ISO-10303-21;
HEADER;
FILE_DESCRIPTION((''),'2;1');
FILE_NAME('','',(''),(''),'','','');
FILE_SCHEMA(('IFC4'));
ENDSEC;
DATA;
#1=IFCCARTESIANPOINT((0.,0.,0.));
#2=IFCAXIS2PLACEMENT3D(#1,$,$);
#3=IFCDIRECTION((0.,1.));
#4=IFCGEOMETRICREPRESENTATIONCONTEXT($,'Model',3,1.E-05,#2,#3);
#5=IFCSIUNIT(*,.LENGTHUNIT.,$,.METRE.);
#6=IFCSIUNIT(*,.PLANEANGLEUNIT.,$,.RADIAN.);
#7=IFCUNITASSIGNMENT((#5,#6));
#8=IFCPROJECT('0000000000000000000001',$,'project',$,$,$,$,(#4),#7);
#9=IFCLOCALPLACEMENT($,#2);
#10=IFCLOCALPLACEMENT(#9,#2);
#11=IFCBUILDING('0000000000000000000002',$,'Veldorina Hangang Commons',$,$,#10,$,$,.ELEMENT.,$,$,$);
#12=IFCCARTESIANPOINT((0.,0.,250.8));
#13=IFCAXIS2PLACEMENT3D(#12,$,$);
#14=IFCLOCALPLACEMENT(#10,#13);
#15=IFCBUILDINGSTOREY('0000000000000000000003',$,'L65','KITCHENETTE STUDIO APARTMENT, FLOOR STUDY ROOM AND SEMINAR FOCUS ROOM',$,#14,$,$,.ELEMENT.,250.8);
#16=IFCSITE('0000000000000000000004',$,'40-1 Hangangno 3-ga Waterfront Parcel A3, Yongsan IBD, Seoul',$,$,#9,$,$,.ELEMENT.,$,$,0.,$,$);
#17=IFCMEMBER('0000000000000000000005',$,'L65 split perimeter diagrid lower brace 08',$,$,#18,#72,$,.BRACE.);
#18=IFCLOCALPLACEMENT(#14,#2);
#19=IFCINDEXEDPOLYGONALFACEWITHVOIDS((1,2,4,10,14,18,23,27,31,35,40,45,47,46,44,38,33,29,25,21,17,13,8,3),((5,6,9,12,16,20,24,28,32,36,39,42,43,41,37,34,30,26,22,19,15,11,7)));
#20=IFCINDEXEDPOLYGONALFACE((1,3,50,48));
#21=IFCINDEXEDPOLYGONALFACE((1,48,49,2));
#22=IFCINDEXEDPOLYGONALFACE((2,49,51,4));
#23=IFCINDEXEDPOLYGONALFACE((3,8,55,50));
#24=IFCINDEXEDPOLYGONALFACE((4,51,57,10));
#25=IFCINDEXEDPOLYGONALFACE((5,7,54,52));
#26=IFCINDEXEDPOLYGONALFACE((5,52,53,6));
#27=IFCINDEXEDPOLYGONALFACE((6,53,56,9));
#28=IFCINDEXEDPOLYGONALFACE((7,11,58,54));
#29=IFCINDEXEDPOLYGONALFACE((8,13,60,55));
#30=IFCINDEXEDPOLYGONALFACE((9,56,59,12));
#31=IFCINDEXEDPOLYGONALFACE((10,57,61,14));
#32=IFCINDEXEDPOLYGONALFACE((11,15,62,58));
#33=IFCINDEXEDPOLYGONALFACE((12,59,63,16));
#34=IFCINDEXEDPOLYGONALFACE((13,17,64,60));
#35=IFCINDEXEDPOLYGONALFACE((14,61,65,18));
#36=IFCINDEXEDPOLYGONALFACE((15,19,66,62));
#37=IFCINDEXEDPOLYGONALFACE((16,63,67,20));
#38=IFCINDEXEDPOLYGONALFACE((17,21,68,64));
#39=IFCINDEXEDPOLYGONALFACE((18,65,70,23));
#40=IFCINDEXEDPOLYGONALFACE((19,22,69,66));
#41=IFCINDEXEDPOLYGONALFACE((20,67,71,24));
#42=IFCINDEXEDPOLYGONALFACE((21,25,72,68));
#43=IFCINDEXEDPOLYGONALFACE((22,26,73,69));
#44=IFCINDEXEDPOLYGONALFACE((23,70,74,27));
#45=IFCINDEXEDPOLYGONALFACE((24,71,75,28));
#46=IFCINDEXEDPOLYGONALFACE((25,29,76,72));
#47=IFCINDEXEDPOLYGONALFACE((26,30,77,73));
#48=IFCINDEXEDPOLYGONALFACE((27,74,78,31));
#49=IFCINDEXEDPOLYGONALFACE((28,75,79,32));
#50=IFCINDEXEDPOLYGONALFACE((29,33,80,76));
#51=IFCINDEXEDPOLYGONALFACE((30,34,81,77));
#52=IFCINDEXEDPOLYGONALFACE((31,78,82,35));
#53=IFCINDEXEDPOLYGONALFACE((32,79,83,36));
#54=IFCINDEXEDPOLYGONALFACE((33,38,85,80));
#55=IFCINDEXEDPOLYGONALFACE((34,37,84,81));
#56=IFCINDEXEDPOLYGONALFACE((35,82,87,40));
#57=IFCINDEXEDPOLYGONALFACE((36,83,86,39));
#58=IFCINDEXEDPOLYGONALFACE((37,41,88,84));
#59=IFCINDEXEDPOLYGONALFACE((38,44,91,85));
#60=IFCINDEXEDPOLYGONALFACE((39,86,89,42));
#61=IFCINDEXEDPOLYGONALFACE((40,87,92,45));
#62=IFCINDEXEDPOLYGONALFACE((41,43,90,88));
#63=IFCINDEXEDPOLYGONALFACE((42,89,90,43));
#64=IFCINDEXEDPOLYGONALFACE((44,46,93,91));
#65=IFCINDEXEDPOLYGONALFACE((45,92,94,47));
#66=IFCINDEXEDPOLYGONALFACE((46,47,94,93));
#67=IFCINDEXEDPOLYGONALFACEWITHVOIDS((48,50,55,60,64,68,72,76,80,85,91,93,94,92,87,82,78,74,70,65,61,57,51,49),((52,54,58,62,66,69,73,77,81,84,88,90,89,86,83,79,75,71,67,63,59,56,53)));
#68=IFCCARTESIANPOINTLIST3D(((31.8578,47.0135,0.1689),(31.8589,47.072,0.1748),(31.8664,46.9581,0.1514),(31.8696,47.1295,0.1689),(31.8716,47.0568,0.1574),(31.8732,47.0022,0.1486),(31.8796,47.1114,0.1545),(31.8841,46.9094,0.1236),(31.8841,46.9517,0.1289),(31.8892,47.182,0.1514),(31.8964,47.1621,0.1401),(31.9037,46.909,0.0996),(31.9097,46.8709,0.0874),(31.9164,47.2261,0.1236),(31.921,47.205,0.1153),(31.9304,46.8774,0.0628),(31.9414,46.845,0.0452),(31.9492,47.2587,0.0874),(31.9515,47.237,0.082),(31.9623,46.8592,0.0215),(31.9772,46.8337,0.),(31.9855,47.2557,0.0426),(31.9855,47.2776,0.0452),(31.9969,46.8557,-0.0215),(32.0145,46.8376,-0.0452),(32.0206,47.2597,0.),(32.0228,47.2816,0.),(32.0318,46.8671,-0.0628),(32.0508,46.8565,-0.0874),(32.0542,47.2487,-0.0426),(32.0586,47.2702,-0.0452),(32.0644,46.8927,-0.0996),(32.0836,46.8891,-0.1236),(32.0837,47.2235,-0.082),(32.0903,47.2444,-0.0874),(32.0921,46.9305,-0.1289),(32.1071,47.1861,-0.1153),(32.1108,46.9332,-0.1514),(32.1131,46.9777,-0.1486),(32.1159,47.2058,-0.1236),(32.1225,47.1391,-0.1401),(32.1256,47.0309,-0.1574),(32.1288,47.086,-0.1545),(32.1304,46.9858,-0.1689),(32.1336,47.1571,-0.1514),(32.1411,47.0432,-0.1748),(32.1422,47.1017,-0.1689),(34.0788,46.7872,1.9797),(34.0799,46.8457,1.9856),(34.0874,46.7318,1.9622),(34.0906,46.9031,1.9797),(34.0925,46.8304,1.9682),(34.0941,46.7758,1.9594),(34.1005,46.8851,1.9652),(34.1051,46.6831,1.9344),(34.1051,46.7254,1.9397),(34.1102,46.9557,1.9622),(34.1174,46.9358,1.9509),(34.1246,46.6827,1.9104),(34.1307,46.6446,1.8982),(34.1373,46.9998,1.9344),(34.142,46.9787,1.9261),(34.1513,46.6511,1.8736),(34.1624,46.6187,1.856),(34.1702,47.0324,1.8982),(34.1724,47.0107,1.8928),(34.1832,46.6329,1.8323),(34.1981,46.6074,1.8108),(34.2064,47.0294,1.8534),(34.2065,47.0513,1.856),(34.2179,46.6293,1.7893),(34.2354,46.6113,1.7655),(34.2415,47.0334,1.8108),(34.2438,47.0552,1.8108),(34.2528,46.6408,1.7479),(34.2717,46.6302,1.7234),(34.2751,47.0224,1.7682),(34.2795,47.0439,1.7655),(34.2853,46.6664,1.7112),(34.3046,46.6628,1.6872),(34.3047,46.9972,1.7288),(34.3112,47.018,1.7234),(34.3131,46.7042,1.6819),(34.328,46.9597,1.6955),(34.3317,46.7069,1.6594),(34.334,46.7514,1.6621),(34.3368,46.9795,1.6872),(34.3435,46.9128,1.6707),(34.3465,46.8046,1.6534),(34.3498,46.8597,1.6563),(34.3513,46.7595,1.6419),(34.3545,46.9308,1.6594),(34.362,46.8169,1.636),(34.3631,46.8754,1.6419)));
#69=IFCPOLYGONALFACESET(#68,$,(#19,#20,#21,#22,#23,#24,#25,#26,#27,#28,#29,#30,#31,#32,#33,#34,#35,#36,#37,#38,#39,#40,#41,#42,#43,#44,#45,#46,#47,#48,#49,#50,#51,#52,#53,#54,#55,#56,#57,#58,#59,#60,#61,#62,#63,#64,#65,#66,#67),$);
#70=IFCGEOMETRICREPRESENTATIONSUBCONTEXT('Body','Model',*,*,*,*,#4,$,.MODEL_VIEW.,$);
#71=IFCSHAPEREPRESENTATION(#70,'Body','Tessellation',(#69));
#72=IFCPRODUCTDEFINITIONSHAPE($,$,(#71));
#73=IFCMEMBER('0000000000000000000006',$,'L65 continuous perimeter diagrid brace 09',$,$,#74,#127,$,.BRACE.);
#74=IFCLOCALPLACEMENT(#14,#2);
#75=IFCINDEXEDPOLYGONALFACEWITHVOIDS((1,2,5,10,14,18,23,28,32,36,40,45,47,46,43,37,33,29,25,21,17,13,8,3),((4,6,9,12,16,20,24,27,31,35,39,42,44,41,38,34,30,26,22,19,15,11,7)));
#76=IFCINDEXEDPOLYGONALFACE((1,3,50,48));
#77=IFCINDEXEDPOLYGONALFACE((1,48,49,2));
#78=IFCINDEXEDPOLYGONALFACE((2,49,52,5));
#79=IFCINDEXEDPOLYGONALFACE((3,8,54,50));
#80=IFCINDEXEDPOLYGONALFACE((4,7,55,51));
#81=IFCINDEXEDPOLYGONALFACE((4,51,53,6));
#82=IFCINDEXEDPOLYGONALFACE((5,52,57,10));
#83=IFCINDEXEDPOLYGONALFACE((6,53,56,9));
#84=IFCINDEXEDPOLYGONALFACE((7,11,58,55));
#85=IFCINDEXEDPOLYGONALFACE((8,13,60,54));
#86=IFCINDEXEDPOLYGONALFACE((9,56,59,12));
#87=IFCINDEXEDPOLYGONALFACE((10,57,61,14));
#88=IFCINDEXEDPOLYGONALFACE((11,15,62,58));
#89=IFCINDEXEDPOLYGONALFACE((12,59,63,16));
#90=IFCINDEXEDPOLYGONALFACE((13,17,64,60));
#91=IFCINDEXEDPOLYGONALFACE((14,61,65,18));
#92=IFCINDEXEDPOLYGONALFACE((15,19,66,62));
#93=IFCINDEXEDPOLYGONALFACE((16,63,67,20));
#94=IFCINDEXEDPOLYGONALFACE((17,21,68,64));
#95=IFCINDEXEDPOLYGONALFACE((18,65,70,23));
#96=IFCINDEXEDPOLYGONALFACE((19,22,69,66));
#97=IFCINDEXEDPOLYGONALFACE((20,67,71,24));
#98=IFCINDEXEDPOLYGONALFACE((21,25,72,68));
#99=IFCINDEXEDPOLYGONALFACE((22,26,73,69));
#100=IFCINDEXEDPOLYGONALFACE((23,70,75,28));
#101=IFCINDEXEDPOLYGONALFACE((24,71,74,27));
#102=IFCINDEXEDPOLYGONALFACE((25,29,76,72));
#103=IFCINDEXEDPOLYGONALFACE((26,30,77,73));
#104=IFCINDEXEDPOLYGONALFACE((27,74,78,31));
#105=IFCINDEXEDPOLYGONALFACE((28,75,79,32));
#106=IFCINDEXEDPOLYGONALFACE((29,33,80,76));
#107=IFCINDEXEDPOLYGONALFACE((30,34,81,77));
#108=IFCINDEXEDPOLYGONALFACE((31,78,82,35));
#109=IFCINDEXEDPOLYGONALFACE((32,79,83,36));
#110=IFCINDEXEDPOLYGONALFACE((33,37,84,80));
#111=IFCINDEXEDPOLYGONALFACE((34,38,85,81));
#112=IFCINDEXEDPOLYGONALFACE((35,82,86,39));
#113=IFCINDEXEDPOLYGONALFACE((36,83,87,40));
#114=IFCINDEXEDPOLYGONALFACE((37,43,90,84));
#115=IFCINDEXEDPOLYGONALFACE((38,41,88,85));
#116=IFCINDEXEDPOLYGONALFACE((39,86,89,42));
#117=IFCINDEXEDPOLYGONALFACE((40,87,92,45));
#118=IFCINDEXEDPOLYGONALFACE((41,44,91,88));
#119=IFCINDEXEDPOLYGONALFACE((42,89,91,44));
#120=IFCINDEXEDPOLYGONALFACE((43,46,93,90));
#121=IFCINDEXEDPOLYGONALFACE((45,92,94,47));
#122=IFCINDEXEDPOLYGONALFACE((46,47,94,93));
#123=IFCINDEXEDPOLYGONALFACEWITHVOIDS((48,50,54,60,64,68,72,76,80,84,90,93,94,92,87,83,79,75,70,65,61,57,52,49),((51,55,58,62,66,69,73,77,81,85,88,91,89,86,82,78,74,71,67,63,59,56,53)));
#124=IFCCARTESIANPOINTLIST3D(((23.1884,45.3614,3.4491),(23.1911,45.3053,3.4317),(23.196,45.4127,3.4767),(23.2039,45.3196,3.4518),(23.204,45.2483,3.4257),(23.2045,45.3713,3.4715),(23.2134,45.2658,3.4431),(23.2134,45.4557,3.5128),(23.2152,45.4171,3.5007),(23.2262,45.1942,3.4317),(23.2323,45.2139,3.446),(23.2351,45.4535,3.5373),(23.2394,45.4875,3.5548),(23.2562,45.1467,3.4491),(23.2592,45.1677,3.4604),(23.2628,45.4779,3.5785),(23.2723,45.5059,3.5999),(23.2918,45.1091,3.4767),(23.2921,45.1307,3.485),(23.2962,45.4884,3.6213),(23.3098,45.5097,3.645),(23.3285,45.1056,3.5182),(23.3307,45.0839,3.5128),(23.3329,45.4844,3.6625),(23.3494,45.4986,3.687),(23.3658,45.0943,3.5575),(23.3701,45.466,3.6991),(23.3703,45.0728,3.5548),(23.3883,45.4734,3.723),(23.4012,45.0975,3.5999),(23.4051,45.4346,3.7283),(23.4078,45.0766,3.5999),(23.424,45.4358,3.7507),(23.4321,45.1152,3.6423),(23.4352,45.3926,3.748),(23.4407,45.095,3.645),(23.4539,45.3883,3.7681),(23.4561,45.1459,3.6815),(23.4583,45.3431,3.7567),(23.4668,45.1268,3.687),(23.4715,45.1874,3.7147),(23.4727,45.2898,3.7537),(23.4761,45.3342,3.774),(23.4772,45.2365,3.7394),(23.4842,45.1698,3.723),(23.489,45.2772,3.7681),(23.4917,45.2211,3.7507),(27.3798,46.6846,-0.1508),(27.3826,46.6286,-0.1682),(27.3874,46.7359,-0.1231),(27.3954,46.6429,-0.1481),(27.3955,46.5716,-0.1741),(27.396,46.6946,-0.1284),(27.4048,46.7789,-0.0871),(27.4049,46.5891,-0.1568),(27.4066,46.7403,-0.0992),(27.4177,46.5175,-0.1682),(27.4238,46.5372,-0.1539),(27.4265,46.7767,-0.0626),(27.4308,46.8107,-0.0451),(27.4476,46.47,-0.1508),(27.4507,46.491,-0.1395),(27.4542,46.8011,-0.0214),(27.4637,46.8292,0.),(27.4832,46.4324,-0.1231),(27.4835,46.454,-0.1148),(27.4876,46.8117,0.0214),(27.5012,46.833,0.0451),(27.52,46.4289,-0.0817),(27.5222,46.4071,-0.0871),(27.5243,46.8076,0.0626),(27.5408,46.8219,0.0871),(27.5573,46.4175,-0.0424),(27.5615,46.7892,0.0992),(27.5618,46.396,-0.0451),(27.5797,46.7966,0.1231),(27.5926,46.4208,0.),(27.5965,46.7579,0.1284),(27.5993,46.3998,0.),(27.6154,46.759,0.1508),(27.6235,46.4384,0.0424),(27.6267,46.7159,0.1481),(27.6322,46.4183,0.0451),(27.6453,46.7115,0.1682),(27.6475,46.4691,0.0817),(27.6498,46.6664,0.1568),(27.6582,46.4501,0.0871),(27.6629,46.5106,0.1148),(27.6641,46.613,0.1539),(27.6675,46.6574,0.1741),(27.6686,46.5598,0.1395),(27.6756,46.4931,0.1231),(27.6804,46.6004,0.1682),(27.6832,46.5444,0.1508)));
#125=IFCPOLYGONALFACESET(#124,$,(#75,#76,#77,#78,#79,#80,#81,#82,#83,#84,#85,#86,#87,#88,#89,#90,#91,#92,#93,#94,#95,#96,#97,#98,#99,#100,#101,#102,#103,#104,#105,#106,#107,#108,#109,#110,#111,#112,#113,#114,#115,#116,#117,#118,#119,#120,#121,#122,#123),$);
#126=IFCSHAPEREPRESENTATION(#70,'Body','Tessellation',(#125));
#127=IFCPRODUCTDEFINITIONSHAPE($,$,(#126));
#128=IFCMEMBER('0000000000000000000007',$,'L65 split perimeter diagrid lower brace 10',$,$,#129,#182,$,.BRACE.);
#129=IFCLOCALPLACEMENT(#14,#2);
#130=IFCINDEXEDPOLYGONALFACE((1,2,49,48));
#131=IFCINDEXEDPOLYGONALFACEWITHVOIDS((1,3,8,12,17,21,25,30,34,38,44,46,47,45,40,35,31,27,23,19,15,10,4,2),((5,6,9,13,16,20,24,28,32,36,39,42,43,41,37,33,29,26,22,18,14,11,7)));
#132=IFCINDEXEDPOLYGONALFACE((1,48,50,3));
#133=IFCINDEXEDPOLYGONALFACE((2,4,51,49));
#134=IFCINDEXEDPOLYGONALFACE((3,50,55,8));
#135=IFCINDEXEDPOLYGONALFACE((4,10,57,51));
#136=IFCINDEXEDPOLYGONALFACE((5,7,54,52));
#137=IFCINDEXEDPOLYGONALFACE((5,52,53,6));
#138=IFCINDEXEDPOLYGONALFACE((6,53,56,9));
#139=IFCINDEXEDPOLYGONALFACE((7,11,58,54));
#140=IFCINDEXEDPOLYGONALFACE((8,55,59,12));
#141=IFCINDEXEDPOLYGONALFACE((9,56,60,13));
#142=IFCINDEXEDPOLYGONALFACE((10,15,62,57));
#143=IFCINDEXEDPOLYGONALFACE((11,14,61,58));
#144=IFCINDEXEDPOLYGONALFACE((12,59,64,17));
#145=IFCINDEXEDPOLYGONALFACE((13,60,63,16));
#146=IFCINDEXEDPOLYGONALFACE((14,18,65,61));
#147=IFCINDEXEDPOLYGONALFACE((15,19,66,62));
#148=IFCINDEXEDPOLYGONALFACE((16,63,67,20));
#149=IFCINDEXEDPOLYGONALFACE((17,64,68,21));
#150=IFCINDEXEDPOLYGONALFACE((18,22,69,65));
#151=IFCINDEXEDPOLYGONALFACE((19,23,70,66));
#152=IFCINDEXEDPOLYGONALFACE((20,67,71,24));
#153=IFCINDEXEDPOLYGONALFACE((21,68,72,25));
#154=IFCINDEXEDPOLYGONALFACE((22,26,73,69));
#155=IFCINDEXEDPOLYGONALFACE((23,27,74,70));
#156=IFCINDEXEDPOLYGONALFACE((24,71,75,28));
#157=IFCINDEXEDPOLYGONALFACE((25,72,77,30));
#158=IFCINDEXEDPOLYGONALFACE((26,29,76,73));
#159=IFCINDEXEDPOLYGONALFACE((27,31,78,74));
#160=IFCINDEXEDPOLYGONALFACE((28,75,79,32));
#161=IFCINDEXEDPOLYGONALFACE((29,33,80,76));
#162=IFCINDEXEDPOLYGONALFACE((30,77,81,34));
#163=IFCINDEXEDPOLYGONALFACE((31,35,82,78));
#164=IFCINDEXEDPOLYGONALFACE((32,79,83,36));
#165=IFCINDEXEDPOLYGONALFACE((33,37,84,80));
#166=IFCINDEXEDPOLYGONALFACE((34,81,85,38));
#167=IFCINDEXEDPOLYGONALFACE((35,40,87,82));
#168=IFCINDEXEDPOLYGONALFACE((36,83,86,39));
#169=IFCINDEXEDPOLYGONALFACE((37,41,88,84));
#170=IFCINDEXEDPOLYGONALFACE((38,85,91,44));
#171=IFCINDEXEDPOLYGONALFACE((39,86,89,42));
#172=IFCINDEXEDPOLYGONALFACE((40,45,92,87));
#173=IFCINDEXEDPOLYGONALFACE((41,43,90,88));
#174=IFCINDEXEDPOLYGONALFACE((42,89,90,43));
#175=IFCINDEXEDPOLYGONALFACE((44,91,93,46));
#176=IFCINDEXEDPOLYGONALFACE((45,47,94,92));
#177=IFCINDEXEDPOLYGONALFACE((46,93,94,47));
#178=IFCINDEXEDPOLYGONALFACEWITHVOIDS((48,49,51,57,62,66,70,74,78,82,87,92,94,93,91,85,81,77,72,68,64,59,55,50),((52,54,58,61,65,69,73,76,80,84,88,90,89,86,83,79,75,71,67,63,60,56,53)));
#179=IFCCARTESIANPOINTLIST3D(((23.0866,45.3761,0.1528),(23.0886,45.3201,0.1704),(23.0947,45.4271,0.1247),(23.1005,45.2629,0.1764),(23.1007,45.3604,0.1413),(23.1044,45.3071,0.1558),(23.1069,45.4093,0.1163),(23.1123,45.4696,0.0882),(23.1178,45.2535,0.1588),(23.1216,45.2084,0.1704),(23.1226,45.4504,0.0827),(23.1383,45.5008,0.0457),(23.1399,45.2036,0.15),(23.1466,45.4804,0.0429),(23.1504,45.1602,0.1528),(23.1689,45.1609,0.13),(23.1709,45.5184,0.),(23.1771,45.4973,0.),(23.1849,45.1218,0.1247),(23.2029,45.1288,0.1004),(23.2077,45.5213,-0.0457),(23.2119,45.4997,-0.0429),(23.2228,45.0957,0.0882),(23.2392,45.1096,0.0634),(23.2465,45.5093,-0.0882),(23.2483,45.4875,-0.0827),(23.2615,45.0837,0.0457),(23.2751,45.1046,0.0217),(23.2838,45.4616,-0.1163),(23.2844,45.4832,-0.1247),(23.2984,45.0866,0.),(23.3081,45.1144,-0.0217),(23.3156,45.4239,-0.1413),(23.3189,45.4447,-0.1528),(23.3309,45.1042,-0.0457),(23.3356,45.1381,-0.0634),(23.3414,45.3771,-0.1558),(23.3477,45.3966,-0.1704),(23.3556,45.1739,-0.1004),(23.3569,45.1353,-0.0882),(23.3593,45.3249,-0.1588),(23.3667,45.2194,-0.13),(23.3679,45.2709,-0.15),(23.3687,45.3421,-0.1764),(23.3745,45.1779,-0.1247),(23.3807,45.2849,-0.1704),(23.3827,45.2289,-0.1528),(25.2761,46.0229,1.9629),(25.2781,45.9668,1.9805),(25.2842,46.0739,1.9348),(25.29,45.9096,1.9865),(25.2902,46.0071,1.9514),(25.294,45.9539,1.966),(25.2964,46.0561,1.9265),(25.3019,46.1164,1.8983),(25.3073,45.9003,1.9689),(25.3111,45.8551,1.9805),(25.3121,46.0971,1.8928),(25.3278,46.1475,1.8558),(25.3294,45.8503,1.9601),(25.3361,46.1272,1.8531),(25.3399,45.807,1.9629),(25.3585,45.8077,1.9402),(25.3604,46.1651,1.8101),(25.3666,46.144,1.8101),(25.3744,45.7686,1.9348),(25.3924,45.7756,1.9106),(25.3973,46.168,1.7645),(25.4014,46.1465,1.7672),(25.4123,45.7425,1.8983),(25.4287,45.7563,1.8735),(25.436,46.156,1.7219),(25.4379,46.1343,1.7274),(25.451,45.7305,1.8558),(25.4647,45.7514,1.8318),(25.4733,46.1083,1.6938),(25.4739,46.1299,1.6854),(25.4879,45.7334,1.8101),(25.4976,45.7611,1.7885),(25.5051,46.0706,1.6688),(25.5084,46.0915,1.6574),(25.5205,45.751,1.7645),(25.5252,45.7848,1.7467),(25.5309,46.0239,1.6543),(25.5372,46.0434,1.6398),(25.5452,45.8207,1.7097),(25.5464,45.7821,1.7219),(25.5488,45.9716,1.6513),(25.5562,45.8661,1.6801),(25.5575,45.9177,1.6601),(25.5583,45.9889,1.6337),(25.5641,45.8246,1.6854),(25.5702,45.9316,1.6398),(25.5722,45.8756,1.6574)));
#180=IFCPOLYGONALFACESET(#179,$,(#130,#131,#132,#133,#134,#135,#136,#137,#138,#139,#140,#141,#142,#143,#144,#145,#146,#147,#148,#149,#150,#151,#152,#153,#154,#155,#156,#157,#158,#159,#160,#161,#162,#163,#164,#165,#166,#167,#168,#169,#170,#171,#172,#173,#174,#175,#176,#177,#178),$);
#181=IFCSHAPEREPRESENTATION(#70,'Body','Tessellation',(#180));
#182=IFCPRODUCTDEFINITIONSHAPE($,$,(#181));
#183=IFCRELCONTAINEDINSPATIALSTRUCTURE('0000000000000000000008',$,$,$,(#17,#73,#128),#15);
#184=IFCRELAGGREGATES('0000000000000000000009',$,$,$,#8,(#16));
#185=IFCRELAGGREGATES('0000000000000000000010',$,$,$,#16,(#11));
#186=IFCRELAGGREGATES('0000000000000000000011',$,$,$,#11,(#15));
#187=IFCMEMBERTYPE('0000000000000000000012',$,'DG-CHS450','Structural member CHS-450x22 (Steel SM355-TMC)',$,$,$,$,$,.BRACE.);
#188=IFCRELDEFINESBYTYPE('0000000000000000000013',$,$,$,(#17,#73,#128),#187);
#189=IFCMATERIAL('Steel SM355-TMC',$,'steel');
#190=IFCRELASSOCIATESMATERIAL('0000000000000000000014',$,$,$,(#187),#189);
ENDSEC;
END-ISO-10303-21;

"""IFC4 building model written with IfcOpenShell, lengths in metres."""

from ifc_helpers import new_model, si_unit, direction, frame, origin, origin_2d, place, context, subcontext, project, spatial, hollow_circle, extrude, material, material_profile, profile_set, type_object, element, save


model = new_model("IFC4")

# Units and contexts
model_context = context("Model", 3, precision=1e-05, world=origin(), true_north=direction((0.0, 1.0)))
body_context = subcontext(model_context, "Body", "Model", "MODEL_VIEW")
ifc_project = project(units=[si_unit("LENGTHUNIT", "METRE"), si_unit("PLANEANGLEUNIT", "RADIAN")], contexts=[model_context])

# Site, building, storey
site_placement = place(None, origin())
site = spatial("IfcSite", under=ifc_project, at=site_placement, Name="40-1 Hangangno 3-ga Waterfront Parcel A3, Yongsan IBD, Seoul", CompositionType="ELEMENT", RefElevation=0.0)
building_placement = place(site_placement, origin())
building = spatial("IfcBuilding", under=site, at=building_placement, Name="Veldorina Hangang Commons", CompositionType="ELEMENT")
storey_placement = place(building_placement, frame((0.0, 0.0, 250.8)))
storey = spatial("IfcBuildingStorey", under=building, at=storey_placement, Name="L65", Description="KITCHENETTE STUDIO APARTMENT, FLOOR STUDY ROOM AND SEMINAR FOCUS ROOM", CompositionType="ELEMENT", Elevation=250.8)

# Shared definitions
ifc_material_1 = material(Name="Steel SM355-TMC", Category="steel")

# Members
ifc_material_profile_1 = material_profile(ifc_material_1, hollow_circle(Radius=0.2251, WallThickness=0.022, at=origin_2d()), Name="CHS-450x22")
ifc_profile_set_1 = profile_set([ifc_material_profile_1], Name="Steel SM355-TMC")
member_type_1 = type_object("IfcMemberType", Name="DG-CHS450", Description="Structural member CHS-450x22 (Steel SM355-TMC)", PredefinedType="BRACE", material=ifc_profile_set_1)
member_1_placement = place(storey_placement, frame((32.0, 47.0576, 0.0), z_axis=(0.772636, -0.078733, 0.629948), x_axis=(0.101377, 0.994848, 0.0)))
element("IfcMember", 1, at=member_1_placement, inside=storey, type_object=member_type_1, Name="L65 split perimeter diagrid lower brace 08", PredefinedType="BRACE", context=body_context, shape_type="SweptSolid", body=[
    extrude(hollow_circle(Radius=0.2251, WallThickness=0.022, at=origin_2d()), origin(), (0.0, 0.0, 1.0), 2.8745),
])
member_2_placement = place(storey_placement, frame((27.5315, 46.6145, 0.0), z_axis=(-0.737748, -0.23291, 0.633626), x_axis=(0.301057, -0.953606, 0.0)))
element("IfcMember", 2, at=member_2_placement, inside=storey, type_object=member_type_1, Name="L65 continuous perimeter diagrid brace 09", PredefinedType="BRACE", context=body_context, shape_type="SweptSolid", body=[
    extrude(hollow_circle(Radius=0.2251, WallThickness=0.022, at=origin_2d()), origin(), (0.0, 0.0, 1.0), 5.6814),
])
member_3_placement = place(storey_placement, frame((23.2346, 45.3025, 0.0), z_axis=(0.751495, 0.221979, 0.621274), x_axis=(-0.283284, 0.959036, 0.0)))
element("IfcMember", 3, at=member_3_placement, inside=storey, type_object=member_type_1, Name="L65 split perimeter diagrid lower brace 10", PredefinedType="BRACE", context=body_context, shape_type="SweptSolid", body=[
    extrude(hollow_circle(Radius=0.2251, WallThickness=0.022, at=origin_2d()), origin(), (0.0, 0.0, 1.0), 2.9136),
])

save(model, "model.ifc")
